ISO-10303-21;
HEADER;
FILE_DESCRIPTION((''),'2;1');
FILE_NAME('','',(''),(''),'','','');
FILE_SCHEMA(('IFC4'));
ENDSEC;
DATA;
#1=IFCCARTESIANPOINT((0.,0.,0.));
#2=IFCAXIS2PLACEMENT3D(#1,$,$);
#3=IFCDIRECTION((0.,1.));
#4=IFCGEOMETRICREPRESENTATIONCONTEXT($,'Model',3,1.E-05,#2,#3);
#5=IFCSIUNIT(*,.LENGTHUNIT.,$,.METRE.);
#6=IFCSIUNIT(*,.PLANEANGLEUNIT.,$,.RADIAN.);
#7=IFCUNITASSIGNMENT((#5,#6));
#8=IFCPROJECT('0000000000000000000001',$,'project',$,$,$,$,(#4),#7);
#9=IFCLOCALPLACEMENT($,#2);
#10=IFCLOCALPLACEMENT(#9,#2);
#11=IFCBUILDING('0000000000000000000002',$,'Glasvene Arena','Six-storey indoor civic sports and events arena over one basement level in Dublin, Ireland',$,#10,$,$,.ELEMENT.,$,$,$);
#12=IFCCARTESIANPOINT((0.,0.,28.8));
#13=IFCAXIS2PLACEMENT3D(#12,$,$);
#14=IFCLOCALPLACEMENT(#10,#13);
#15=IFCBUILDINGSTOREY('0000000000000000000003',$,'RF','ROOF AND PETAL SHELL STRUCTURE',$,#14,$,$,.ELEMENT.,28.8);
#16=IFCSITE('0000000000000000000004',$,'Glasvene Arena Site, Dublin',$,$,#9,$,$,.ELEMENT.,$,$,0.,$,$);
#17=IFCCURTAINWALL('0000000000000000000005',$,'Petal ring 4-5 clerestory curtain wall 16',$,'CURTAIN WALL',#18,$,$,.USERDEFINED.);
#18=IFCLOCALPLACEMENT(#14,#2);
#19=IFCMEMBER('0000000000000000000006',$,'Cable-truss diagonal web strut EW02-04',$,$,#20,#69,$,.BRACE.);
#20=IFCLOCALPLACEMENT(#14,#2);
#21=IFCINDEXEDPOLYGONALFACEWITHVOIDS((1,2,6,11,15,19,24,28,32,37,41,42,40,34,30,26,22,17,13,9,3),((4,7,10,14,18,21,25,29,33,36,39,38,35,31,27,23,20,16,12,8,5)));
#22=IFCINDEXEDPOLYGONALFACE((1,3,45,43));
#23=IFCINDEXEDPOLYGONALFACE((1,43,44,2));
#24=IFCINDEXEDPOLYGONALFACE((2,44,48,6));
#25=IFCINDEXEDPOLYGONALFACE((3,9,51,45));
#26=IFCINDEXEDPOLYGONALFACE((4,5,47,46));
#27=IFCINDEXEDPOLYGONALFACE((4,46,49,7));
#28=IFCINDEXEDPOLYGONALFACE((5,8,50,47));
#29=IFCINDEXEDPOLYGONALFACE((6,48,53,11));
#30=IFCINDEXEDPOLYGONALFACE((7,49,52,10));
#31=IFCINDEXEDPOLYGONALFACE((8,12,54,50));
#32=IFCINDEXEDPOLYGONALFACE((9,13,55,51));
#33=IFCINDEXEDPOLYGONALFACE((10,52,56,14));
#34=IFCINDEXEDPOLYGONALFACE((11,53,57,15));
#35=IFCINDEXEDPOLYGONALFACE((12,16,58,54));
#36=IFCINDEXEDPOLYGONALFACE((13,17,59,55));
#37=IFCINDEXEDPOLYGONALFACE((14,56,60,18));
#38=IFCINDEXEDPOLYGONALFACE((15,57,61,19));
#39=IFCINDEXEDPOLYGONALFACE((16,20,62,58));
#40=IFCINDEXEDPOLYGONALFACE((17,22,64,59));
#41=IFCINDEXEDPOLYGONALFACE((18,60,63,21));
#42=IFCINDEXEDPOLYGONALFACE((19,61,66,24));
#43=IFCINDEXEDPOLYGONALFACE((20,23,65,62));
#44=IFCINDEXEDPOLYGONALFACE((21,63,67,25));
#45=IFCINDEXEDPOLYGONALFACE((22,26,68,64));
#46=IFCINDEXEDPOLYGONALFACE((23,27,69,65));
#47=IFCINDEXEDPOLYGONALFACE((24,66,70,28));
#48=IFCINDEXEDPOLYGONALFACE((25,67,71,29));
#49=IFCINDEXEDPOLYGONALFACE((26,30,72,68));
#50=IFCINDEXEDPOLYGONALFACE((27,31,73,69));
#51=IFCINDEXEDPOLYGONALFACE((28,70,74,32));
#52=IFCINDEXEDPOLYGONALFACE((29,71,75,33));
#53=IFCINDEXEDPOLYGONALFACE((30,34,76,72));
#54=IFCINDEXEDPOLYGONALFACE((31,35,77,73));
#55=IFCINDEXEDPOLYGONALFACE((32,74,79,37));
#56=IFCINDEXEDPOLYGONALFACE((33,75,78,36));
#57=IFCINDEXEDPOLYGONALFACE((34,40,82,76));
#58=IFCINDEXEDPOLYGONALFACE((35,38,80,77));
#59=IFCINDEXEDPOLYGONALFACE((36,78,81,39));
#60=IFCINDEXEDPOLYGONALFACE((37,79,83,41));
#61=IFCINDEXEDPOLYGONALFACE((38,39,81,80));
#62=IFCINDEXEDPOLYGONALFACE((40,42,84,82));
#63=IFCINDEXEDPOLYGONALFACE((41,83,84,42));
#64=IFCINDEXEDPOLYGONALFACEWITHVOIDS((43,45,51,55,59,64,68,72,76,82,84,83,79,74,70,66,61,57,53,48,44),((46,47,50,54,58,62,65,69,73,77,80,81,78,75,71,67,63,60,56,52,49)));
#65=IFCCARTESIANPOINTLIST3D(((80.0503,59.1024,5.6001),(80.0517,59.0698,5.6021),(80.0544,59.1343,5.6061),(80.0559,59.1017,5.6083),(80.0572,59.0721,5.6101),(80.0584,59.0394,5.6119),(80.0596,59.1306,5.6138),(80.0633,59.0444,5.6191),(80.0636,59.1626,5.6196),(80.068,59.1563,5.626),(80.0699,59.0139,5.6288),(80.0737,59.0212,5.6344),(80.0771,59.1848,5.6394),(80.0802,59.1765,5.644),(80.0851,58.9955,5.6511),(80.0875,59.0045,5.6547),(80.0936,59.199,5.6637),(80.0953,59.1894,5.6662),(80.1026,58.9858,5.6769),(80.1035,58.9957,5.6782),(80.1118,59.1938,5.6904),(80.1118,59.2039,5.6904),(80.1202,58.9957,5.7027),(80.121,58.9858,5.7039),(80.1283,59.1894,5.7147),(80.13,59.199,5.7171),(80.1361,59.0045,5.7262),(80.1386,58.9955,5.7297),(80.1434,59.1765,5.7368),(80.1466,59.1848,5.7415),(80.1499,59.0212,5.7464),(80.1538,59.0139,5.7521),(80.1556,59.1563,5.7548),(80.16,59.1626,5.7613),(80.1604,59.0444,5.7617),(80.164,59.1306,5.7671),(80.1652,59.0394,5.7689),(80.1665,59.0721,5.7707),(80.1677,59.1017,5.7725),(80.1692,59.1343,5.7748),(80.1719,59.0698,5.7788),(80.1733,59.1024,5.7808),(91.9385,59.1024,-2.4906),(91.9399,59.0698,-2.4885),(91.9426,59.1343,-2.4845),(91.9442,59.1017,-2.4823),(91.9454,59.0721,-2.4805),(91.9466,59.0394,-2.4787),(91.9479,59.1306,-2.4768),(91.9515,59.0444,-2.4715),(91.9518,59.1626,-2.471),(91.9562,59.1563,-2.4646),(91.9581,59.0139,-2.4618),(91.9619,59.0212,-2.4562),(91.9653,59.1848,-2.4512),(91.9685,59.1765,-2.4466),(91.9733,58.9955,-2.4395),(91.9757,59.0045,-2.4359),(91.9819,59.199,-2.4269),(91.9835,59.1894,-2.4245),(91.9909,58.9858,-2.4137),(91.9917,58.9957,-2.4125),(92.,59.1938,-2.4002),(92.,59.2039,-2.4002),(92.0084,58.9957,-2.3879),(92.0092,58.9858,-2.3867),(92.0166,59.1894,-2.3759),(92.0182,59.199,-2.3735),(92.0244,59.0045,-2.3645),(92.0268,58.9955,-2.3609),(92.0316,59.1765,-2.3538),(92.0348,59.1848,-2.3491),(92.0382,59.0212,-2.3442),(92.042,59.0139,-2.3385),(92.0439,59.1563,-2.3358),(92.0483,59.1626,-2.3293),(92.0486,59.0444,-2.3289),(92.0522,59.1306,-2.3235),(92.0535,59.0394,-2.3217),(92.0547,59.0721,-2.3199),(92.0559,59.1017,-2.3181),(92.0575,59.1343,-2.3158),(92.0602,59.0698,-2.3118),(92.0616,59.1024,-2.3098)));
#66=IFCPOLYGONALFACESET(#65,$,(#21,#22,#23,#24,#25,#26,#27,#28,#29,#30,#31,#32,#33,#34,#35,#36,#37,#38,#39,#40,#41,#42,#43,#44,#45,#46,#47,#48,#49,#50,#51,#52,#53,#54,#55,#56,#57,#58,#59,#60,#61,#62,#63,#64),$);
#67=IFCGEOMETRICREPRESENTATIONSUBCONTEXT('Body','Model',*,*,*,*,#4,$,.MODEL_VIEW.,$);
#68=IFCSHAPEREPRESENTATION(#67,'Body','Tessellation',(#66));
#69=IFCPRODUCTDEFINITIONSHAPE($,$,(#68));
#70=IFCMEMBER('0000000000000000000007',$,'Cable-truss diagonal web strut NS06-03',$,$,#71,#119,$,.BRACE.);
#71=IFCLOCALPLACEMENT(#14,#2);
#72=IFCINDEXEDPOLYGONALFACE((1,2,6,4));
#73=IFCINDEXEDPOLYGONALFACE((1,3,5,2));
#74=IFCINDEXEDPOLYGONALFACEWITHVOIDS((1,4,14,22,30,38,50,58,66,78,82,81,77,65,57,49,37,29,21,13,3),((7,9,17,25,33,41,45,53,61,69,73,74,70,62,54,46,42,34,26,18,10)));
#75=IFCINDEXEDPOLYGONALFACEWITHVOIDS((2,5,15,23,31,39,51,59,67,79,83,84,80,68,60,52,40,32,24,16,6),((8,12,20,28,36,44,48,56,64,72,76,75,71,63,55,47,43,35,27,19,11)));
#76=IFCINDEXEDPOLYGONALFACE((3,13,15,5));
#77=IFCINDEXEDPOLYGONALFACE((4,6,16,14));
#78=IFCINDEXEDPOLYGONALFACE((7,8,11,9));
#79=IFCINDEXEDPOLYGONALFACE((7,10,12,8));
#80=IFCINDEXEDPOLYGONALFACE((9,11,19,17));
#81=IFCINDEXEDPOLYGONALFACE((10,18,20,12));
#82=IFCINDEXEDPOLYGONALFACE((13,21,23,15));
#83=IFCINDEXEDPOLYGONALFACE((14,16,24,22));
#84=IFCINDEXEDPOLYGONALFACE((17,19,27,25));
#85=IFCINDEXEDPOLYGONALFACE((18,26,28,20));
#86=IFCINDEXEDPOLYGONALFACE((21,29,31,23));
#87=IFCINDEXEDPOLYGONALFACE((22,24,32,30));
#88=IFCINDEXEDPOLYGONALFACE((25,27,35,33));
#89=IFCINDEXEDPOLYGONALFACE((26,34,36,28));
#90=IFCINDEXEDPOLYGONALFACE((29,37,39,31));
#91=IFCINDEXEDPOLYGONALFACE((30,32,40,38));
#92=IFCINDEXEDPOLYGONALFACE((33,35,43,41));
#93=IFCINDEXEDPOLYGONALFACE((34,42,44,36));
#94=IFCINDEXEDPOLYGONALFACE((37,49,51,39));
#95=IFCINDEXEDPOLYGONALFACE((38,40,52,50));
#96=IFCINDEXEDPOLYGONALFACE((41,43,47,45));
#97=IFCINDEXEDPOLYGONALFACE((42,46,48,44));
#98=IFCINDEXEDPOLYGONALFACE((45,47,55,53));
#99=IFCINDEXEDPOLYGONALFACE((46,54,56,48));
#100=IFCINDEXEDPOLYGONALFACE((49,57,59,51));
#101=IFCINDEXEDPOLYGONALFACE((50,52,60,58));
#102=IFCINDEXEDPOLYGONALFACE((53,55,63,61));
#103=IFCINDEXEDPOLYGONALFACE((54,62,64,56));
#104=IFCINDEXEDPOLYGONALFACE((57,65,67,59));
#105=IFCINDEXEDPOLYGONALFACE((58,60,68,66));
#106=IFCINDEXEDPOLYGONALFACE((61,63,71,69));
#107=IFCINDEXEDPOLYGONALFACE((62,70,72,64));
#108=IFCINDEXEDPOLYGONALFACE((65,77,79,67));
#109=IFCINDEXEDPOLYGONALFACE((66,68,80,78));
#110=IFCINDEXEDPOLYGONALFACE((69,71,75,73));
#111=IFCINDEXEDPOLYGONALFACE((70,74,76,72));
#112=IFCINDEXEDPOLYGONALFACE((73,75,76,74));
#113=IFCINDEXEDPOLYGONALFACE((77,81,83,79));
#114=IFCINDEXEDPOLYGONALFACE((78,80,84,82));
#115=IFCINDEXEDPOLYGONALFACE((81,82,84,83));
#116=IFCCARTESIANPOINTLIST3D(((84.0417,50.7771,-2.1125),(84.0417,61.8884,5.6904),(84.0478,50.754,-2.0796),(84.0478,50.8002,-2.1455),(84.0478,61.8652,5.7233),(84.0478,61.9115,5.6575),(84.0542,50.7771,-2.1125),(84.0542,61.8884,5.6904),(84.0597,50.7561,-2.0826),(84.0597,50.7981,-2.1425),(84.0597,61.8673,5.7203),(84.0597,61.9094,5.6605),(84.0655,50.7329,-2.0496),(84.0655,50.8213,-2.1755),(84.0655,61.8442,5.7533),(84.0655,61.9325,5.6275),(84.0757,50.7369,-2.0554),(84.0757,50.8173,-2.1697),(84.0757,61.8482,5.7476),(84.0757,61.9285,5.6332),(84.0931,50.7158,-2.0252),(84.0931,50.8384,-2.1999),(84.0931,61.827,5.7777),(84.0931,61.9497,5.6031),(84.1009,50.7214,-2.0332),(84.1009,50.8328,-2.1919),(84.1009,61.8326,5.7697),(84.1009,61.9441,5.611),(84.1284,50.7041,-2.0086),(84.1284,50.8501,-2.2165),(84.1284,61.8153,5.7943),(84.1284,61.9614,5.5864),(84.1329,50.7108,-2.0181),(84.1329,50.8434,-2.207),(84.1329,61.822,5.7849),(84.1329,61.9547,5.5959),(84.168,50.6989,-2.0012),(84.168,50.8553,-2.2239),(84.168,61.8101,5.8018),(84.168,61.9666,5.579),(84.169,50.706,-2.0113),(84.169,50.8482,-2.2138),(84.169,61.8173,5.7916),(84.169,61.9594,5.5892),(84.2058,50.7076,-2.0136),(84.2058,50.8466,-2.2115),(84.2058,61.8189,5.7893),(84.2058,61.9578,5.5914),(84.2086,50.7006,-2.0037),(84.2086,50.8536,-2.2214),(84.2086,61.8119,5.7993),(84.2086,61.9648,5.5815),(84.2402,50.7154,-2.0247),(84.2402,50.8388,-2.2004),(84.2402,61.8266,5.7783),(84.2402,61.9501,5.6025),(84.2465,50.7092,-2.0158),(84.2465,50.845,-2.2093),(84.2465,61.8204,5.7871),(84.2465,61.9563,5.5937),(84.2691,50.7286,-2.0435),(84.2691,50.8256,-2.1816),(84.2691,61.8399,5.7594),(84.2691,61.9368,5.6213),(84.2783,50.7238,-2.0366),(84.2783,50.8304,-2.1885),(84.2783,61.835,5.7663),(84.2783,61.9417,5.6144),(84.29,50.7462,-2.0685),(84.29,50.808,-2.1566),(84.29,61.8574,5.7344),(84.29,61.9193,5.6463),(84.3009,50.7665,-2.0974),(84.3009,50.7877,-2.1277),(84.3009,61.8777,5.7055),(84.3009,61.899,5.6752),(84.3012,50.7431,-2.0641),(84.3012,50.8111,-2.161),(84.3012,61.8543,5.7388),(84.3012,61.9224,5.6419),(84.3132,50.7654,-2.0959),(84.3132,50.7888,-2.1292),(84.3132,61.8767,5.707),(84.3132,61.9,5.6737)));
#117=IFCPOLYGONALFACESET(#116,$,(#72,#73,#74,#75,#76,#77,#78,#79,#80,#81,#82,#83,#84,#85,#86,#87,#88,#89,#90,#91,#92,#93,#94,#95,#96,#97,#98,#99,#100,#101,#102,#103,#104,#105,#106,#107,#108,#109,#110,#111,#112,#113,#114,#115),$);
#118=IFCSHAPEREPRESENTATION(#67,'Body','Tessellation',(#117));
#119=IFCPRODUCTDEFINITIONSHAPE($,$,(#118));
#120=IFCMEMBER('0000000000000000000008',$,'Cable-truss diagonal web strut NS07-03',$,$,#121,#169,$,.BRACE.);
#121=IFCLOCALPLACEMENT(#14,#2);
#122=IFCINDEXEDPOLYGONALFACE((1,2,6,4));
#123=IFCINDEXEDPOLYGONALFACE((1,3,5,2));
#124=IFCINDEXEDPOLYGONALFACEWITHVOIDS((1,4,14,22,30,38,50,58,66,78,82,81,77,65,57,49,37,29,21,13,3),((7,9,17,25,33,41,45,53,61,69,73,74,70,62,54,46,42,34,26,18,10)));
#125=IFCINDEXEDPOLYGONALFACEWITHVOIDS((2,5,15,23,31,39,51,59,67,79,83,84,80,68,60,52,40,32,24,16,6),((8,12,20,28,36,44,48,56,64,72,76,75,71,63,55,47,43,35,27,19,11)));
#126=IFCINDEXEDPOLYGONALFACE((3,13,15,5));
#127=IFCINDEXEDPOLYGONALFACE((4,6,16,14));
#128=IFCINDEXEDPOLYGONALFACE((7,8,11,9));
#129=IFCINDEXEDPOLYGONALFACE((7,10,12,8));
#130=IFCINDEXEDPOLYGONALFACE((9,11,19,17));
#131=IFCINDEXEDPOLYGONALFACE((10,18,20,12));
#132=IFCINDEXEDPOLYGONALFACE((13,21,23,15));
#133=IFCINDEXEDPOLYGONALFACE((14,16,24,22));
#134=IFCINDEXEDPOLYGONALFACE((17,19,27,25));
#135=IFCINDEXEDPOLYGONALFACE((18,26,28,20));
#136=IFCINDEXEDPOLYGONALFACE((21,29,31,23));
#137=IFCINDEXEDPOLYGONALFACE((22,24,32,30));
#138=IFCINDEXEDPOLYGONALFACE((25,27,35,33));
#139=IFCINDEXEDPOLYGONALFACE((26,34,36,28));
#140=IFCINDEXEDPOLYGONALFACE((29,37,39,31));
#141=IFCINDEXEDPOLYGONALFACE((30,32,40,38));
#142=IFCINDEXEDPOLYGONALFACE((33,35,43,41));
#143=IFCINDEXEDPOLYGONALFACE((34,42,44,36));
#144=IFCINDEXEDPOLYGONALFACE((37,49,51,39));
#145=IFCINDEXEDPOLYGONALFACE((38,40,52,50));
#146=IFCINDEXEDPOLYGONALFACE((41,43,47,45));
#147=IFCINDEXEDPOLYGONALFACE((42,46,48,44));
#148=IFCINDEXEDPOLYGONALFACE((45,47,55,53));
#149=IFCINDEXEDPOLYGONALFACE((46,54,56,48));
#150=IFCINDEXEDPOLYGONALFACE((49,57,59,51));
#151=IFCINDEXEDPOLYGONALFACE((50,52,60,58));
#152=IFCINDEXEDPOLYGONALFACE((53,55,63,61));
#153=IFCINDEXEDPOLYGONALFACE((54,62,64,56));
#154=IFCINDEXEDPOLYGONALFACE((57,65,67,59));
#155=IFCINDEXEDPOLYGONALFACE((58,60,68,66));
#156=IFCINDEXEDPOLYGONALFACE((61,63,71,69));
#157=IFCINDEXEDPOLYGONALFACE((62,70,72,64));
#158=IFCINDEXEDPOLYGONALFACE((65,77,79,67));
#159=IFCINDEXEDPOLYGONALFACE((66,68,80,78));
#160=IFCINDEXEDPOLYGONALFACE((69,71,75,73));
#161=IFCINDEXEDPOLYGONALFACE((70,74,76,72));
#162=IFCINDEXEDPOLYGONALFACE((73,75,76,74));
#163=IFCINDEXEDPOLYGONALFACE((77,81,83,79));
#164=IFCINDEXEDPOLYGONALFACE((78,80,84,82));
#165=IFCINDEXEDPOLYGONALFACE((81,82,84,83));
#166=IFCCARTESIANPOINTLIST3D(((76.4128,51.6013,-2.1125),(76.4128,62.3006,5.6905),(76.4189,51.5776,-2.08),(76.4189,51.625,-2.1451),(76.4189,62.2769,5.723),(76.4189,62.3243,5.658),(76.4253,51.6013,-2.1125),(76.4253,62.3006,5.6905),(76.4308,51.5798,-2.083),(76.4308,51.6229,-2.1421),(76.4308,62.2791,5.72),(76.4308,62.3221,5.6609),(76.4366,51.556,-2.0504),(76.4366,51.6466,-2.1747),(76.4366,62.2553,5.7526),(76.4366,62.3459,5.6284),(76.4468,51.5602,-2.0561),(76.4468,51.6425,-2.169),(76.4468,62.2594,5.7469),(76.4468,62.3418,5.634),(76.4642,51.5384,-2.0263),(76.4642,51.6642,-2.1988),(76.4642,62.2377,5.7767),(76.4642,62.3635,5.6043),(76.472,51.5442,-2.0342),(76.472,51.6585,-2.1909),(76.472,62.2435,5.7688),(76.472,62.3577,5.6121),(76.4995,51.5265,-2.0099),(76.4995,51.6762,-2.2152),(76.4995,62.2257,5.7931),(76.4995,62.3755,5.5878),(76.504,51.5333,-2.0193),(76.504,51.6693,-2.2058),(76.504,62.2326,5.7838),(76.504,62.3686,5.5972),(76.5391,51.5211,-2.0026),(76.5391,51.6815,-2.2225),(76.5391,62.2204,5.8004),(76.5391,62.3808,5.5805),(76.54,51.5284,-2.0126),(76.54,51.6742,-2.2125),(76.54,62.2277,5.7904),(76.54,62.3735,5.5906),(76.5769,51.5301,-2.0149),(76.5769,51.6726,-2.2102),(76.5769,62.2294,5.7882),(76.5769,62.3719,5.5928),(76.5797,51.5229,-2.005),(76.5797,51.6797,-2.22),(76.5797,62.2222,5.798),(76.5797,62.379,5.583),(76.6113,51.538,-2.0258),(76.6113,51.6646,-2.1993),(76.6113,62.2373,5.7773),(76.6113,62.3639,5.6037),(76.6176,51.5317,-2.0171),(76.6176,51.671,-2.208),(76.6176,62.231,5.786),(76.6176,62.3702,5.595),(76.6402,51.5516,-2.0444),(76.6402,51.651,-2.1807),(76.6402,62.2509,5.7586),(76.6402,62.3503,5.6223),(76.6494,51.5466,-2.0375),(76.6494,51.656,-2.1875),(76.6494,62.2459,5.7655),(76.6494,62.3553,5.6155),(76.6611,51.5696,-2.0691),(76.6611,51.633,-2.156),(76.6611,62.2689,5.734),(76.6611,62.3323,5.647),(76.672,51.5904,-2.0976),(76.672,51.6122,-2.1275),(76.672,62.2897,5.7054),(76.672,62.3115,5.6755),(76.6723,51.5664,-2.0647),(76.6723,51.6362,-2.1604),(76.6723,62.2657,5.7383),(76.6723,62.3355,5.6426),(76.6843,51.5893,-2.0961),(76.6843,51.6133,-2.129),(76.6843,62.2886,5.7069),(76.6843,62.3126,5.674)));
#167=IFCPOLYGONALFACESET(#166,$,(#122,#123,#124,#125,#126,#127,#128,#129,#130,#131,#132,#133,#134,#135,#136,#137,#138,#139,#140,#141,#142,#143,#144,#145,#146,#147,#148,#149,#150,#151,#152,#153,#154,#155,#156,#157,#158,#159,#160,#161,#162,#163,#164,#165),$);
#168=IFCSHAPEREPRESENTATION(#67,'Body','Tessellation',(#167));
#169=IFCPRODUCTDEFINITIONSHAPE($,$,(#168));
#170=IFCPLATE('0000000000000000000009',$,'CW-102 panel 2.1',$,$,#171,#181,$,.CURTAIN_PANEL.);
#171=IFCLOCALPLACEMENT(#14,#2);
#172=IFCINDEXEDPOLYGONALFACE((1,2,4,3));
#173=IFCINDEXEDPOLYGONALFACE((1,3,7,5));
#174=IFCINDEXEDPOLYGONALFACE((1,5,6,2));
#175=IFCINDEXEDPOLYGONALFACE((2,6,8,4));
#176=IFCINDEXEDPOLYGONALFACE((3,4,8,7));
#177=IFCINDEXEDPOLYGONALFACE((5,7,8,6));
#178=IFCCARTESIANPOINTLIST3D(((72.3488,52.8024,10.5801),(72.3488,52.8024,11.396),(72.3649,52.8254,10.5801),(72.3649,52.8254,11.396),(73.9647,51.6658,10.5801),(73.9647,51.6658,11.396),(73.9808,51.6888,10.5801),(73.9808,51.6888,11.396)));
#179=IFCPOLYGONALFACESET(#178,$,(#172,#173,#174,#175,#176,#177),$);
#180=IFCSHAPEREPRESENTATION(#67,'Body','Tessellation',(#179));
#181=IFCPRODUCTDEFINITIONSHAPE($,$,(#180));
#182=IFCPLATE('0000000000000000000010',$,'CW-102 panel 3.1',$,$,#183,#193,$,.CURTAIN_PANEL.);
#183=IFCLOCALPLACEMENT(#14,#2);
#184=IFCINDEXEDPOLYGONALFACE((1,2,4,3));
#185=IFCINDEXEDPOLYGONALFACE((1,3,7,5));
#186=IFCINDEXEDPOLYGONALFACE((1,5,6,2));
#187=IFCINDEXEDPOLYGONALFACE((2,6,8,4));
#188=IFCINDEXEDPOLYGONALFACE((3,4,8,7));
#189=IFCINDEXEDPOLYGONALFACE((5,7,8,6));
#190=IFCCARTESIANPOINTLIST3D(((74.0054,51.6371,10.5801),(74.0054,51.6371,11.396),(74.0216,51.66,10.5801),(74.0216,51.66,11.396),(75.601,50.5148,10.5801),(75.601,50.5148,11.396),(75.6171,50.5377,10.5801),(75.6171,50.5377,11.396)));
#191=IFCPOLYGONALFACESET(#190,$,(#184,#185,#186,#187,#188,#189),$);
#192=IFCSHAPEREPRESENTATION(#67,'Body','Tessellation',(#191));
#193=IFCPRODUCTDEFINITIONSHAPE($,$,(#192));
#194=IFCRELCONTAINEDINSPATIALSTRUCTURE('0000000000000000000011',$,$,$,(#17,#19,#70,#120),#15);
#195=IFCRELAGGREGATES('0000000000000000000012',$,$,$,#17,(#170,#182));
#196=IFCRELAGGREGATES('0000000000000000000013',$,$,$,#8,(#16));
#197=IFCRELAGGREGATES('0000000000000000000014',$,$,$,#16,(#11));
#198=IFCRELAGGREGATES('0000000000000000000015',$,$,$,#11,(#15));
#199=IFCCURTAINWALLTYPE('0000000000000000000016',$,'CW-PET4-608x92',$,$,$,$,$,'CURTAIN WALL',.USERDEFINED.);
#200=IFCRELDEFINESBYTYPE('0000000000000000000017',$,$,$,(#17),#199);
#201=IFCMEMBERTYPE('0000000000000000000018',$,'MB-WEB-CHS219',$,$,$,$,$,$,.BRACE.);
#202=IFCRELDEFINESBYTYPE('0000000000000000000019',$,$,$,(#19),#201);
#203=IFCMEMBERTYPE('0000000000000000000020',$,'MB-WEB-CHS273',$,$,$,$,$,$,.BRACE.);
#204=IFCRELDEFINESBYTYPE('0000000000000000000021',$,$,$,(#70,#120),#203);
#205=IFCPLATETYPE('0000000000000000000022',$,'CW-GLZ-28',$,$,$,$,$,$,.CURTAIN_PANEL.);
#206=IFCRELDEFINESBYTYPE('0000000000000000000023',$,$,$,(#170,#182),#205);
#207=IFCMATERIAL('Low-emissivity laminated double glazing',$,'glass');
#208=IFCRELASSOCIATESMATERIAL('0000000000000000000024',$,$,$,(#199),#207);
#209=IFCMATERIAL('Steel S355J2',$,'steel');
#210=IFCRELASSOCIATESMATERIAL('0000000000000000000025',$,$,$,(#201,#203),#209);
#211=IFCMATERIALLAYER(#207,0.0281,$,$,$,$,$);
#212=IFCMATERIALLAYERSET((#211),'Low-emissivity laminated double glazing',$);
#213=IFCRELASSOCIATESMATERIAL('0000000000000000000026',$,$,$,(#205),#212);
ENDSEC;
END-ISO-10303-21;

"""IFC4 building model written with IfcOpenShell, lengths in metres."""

from ifc_helpers import new_model, si_unit, direction, frame, origin, origin_2d, place, context, subcontext, project, spatial, rectangle, hollow_circle, extrude, material, layer, layer_set, material_profile, profile_set, type_object, element, aggregate, save


model = new_model("IFC4")

# Units and contexts
model_context = context("Model", 3, precision=1e-05, world=origin(), true_north=direction((0.0, 1.0)))
body_context = subcontext(model_context, "Body", "Model", "MODEL_VIEW")
ifc_project = project(units=[si_unit("LENGTHUNIT", "METRE"), si_unit("PLANEANGLEUNIT", "RADIAN")], contexts=[model_context])

# Site, building, storey
site_placement = place(None, origin())
site = spatial("IfcSite", under=ifc_project, at=site_placement, Name="Glasvene Arena Site, Dublin", CompositionType="ELEMENT", RefElevation=0.0)
building_placement = place(site_placement, origin())
building = spatial("IfcBuilding", under=site, at=building_placement, Name="Glasvene Arena", Description="Six-storey indoor civic sports and events arena over one basement level in Dublin, Ireland", CompositionType="ELEMENT")
storey_placement = place(building_placement, frame((0.0, 0.0, 28.8)))
storey = spatial("IfcBuildingStorey", under=building, at=storey_placement, Name="RF", Description="ROOF AND PETAL SHELL STRUCTURE", CompositionType="ELEMENT", Elevation=28.8)

# Shared definitions
ifc_material_1 = material(Name="Steel S355J2", Category="steel")

# Curtain wall
ifc_material_2 = material(Name="Low-emissivity laminated double glazing", Category="glass")
curtain_wall_type = type_object("IfcCurtainWallType", Name="CW-PET4-608x92", ElementType="CURTAIN WALL", PredefinedType="USERDEFINED", material=ifc_material_2)
curtain_wall_placement = place(storey_placement, frame((70.6794, 53.9937, 0.0)))
curtain_wall = element("IfcCurtainWall", 1, at=curtain_wall_placement, inside=storey, type_object=curtain_wall_type, Name="Petal ring 4-5 clerestory curtain wall 16", ObjectType="CURTAIN WALL", PredefinedType="USERDEFINED")

# Members
ifc_material_profile_1 = material_profile(ifc_material_1, hollow_circle(Radius=0.1096, WallThickness=0.01, at=origin_2d()), Name="CHS 219.1x10.0")
ifc_profile_set_1 = profile_set([ifc_material_profile_1], Name="Steel S355J2")
member_type_1 = type_object("IfcMemberType", Name="MB-WEB-CHS219", PredefinedType="BRACE", material=ifc_profile_set_1)
member_1_placement = place(storey_placement, frame((80.1118, 59.0942, 5.6904), z_axis=(0.826713, 0.0, -0.562624), x_axis=(0.0, 1.0, 0.0)))
element("IfcMember", 2, at=member_1_placement, inside=storey, type_object=member_type_1, Name="Cable-truss diagonal web strut EW02-04", PredefinedType="BRACE", context=body_context, shape_type="SweptSolid", body=[
    extrude(hollow_circle(Radius=0.1096, WallThickness=0.01, at=origin_2d()), origin(), (0.0, 0.0, 1.0), 14.3801),
])
ifc_material_profile_2 = material_profile(ifc_material_1, hollow_circle(Radius=0.1365, WallThickness=0.0125, at=origin_2d()), Name="CHS 273.0x12.5")
ifc_profile_set_2 = profile_set([ifc_material_profile_2], Name="Steel S355J2")
member_type_2 = type_object("IfcMemberType", Name="MB-WEB-CHS273", PredefinedType="BRACE", material=ifc_profile_set_2)
member_2_placement = place(storey_placement, frame((84.1782, 50.7771, -2.1125), z_axis=(0.0, 0.818364, 0.5747), x_axis=(-1.0, 0.0, 0.0)))
element("IfcMember", 3, at=member_2_placement, inside=storey, type_object=member_type_2, Name="Cable-truss diagonal web strut NS06-03", PredefinedType="BRACE", context=body_context, shape_type="SweptSolid", body=[
    extrude(hollow_circle(Radius=0.1365, WallThickness=0.0125, at=origin_2d()), origin(), (0.0, 0.0, 1.0), 13.5774),
])
member_3_placement = place(storey_placement, frame((76.5493, 51.6013, -2.1125), z_axis=(0.0, 0.807955, 0.589244), x_axis=(-1.0, 0.0, 0.0)))
element("IfcMember", 4, at=member_3_placement, inside=storey, type_object=member_type_2, Name="Cable-truss diagonal web strut NS07-03", PredefinedType="BRACE", context=body_context, shape_type="SweptSolid", body=[
    extrude(hollow_circle(Radius=0.1365, WallThickness=0.0125, at=origin_2d()), origin(), (0.0, 0.0, 1.0), 13.2424),
])

# Plates
ifc_layer_1 = layer(ifc_material_2, 0.0281)
ifc_layer_set_1 = layer_set([ifc_layer_1], Name="Low-emissivity laminated double glazing")
plate_type_1 = type_object("IfcPlateType", Name="CW-GLZ-28", PredefinedType="CURTAIN_PANEL", material=ifc_layer_set_1)
plate_1_placement = place(storey_placement, frame((73.1648, 52.2456, 10.5801), z_axis=(0.0, 0.0, 1.0), x_axis=(0.817925, -0.575325, 0.0)))
plate_1 = element("IfcPlate", 5, at=plate_1_placement, type_object=plate_type_1, Name="CW-102 panel 2.1", PredefinedType="CURTAIN_PANEL", context=body_context, shape_type="SweptSolid", body=[
    extrude(rectangle(XDim=1.9756, YDim=0.0281, at=origin_2d()), origin(), (0.0, 0.0, 1.0), 0.8159),
])
plate_2_placement = place(storey_placement, frame((74.8113, 51.0874, 10.5801), z_axis=(0.0, 0.0, 1.0), x_axis=(0.817925, -0.575325, 0.0)))
plate_2 = element("IfcPlate", 6, at=plate_2_placement, type_object=plate_type_1, Name="CW-102 panel 3.1", PredefinedType="CURTAIN_PANEL", context=body_context, shape_type="SweptSolid", body=[
    extrude(rectangle(XDim=1.9507, YDim=0.0281, at=origin_2d()), origin(), (0.0, 0.0, 1.0), 0.8159),
])
aggregate(curtain_wall, [plate_1, plate_2])

save(model, "model.ifc")
